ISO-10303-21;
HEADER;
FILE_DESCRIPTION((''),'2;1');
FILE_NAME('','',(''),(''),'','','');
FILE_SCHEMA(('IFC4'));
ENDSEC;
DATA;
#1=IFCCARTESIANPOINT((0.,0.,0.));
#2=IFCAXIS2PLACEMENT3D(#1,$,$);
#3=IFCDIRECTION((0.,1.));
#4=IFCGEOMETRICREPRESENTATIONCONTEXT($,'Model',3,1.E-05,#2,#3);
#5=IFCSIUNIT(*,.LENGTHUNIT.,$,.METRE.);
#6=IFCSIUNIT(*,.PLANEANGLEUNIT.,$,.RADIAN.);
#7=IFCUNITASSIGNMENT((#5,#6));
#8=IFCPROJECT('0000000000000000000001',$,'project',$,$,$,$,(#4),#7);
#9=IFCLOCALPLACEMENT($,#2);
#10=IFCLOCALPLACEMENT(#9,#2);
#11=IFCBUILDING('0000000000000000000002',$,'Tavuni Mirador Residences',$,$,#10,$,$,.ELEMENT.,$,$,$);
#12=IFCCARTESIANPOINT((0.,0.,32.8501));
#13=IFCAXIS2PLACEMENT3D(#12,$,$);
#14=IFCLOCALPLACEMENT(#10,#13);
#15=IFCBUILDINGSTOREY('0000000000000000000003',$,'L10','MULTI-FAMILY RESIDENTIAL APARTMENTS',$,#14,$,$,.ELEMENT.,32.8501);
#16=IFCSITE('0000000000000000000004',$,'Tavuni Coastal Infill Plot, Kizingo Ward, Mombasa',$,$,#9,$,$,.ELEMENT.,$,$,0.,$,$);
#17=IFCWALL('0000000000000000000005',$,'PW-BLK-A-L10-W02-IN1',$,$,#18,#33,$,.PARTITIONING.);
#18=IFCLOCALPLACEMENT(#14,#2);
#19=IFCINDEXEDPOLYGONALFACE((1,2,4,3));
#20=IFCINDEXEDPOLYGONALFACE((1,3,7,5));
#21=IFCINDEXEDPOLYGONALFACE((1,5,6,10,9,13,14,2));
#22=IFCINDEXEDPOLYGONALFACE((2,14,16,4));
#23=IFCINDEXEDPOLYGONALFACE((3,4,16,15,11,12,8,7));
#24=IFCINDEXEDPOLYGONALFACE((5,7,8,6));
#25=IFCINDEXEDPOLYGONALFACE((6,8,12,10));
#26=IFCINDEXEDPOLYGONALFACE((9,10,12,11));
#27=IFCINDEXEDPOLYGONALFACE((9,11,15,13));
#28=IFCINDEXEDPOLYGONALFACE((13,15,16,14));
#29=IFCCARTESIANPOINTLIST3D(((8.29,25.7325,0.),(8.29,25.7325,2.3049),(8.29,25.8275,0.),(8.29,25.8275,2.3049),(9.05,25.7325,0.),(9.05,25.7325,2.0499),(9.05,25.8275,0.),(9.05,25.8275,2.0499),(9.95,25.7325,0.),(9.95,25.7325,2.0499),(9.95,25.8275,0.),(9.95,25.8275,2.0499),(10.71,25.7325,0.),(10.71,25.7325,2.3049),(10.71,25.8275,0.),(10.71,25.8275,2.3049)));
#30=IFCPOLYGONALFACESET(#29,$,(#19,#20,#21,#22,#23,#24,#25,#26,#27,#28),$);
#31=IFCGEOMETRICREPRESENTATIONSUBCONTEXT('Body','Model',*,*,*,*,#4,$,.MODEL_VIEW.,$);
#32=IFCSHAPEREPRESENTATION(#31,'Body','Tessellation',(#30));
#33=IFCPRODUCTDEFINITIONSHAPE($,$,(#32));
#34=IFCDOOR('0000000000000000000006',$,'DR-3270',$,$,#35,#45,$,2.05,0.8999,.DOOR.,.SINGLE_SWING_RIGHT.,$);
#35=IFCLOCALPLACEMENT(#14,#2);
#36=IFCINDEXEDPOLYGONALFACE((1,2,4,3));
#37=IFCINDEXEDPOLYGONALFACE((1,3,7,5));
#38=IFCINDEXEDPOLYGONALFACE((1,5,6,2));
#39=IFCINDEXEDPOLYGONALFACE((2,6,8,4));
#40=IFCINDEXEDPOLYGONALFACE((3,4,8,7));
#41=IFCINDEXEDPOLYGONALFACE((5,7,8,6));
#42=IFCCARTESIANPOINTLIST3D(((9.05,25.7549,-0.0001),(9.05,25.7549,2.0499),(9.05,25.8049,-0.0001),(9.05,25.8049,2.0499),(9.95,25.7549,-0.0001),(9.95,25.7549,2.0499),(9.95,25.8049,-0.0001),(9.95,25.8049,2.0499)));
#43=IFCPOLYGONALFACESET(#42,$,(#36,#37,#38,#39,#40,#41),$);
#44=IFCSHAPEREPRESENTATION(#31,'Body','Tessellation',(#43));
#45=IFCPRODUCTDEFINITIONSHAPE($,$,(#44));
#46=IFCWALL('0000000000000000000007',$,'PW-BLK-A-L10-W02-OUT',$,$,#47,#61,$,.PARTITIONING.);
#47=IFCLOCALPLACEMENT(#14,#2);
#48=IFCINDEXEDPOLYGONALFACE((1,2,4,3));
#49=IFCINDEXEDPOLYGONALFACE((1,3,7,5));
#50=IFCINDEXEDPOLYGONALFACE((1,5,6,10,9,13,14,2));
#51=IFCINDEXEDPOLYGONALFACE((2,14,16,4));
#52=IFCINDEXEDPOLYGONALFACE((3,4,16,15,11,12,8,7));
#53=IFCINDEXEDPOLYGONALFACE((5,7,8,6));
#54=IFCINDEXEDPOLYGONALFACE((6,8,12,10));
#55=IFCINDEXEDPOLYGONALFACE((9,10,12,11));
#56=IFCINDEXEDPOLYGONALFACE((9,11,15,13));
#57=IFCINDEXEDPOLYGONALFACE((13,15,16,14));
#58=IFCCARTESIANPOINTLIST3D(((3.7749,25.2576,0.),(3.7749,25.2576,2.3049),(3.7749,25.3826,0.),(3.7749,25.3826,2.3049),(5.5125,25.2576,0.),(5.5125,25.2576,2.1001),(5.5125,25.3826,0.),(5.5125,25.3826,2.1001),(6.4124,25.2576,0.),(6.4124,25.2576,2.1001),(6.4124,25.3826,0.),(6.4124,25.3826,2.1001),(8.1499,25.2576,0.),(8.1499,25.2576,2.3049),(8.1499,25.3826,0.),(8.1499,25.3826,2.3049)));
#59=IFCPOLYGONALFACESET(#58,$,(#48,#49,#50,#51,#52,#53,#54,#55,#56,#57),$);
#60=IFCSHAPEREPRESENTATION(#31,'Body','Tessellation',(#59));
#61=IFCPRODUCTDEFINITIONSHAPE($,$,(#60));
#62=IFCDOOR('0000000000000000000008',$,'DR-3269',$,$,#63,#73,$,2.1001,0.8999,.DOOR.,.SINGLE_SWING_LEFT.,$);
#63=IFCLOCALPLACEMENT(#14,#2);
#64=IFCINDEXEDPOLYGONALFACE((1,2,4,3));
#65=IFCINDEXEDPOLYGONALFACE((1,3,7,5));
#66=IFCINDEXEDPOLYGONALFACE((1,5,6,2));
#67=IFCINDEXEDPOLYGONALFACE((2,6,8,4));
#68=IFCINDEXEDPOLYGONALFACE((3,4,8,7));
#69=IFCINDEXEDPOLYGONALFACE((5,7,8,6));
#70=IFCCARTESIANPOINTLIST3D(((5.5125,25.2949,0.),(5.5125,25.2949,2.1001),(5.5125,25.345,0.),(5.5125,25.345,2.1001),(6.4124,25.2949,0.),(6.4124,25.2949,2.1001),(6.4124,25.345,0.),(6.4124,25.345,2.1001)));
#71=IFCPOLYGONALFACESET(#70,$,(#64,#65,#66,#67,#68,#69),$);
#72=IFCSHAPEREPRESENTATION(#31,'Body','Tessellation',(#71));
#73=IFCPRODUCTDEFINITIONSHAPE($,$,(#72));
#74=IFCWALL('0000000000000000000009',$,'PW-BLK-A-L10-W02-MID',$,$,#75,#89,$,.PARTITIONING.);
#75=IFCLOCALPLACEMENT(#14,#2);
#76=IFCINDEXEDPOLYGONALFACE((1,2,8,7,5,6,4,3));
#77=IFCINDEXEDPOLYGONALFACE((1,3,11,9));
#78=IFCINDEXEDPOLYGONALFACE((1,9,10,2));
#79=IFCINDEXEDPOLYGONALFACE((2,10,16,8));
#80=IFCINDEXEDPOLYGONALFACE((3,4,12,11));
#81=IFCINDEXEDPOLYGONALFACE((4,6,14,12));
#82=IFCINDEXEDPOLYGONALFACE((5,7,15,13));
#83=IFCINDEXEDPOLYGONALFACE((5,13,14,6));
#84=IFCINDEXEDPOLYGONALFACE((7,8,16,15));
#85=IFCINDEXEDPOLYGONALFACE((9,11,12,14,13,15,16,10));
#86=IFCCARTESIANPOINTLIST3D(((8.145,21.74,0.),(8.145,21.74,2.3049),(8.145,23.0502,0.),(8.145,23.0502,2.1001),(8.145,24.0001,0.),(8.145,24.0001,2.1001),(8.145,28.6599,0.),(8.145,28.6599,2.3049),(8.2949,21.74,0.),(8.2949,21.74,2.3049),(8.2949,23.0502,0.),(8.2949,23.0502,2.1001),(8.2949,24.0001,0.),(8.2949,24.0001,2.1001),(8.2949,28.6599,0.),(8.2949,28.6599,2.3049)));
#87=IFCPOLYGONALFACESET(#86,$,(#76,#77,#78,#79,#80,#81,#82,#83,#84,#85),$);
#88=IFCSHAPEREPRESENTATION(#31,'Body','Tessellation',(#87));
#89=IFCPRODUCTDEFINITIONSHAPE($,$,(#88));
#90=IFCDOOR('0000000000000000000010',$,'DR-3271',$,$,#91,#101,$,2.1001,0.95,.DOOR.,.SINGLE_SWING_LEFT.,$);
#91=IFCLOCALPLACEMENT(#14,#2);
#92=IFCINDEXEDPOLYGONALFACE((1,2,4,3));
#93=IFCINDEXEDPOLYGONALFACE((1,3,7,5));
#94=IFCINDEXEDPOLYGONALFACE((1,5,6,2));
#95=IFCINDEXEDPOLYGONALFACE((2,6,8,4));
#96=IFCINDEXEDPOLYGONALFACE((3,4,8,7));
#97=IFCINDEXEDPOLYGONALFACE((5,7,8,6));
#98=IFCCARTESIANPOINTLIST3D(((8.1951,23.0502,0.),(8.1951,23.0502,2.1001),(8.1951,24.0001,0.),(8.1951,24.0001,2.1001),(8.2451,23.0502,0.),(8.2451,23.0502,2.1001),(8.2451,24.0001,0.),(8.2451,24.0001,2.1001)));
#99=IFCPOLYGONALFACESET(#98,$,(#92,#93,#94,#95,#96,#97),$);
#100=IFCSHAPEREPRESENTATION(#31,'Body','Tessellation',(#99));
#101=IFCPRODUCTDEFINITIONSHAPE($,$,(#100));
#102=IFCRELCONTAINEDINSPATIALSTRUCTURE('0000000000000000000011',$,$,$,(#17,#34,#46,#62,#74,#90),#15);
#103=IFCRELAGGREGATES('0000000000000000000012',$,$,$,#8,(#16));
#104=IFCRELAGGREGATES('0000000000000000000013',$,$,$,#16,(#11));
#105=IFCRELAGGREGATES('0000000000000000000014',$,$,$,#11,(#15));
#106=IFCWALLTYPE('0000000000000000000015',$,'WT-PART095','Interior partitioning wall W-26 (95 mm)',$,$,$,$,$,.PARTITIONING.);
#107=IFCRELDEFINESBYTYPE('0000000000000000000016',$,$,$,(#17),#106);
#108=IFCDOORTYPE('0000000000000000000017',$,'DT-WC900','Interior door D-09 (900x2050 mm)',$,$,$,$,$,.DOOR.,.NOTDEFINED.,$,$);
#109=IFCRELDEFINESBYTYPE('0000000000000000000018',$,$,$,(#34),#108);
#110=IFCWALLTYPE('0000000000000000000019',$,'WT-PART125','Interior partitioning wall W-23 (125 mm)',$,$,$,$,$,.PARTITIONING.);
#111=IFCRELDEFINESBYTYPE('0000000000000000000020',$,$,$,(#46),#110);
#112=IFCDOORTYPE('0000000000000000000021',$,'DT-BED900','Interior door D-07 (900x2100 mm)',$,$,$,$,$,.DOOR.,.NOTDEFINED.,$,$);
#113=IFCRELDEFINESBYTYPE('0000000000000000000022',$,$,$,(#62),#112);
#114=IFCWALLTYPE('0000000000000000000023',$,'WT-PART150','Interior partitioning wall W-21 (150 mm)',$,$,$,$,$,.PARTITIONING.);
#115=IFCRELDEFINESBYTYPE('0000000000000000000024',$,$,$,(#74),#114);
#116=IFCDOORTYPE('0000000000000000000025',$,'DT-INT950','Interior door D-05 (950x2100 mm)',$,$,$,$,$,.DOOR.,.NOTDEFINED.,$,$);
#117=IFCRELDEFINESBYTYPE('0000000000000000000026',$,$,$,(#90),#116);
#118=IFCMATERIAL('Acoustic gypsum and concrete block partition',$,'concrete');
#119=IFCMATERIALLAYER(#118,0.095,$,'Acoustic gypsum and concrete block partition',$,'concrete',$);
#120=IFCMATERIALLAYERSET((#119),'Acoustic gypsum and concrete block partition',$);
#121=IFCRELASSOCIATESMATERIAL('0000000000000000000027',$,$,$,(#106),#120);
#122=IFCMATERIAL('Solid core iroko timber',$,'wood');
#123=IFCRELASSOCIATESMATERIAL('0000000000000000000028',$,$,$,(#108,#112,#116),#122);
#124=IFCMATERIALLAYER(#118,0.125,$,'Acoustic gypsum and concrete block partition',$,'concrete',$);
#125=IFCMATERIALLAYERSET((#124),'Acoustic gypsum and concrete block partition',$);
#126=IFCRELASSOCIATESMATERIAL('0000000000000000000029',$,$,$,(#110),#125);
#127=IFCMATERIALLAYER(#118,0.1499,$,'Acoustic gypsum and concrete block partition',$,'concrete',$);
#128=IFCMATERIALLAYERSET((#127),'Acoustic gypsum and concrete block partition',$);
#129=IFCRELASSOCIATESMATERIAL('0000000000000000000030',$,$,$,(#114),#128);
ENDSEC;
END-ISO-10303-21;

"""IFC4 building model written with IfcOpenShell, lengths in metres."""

from ifc_helpers import new_model, si_unit, direction, frame, frame_2d, origin, place, context, subcontext, project, spatial, rectangle, extrude, material, layer, layer_set, type_object, element, fill, save


model = new_model("IFC4")

# Units and contexts
model_context = context("Model", 3, precision=1e-05, world=origin(), true_north=direction((0.0, 1.0)))
body_context = subcontext(model_context, "Body", "Model", "MODEL_VIEW")
ifc_project = project(units=[si_unit("LENGTHUNIT", "METRE"), si_unit("PLANEANGLEUNIT", "RADIAN")], contexts=[model_context])

# Site, building, storey
site_placement = place(None, origin())
site = spatial("IfcSite", under=ifc_project, at=site_placement, Name="Tavuni Coastal Infill Plot, Kizingo Ward, Mombasa", CompositionType="ELEMENT", RefElevation=0.0)
building_placement = place(site_placement, origin())
building = spatial("IfcBuilding", under=site, at=building_placement, Name="Tavuni Mirador Residences", CompositionType="ELEMENT")
storey_placement = place(building_placement, frame((0.0, 0.0, 32.8501)))
storey = spatial("IfcBuildingStorey", under=building, at=storey_placement, Name="L10", Description="MULTI-FAMILY RESIDENTIAL APARTMENTS", CompositionType="ELEMENT", Elevation=32.8501)

# Shared definitions
ifc_material_1 = material(Name="Solid core iroko timber", Category="wood")

# Walls, openings, doors
ifc_material_2 = material(Name="Acoustic gypsum and concrete block partition", Category="concrete")
ifc_layer_1 = layer(ifc_material_2, 0.095, Name="Acoustic gypsum and concrete block partition", Category="concrete")
ifc_layer_set_1 = layer_set([ifc_layer_1], Name="Acoustic gypsum and concrete block partition")
wall_type_1 = type_object("IfcWallType", Name="WT-PART095", Description="Interior partitioning wall W-26 (95 mm)", PredefinedType="PARTITIONING", material=ifc_layer_set_1)
wall_1_placement = place(storey_placement, frame((8.29, 25.78, 0.0), z_axis=(0.0, 0.0, 1.0), x_axis=(1.0, 0.0, 0.0)))
wall_1 = element("IfcWall", 1, at=wall_1_placement, inside=storey, type_object=wall_type_1, Name="PW-BLK-A-L10-W02-IN1", PredefinedType="PARTITIONING", context=body_context, shape_type="SweptSolid", body=[
    extrude(rectangle(XDim=2.4199, YDim=0.095, at=frame_2d((1.21, 0.0))), origin(), (0.0, 0.0, 1.0), 2.3049),
])
opening_1_placement = place(wall_1_placement, frame((0.76, 0.0, 0.0)))
opening_1 = element("IfcOpeningElement", 2, at=opening_1_placement, cuts=wall_1, PredefinedType="OPENING", context=body_context, shape_type="SweptSolid", body=[
    extrude(rectangle(XDim=0.8999, YDim=2.05, at=frame_2d((0.45, 1.0249))), frame((0.0, 0.0576, 0.0), z_axis=(0.0, -1.0, 0.0), x_axis=(1.0, 0.0, 0.0)), (0.0, 0.0, 1.0), 0.115),
])
door_type_1 = type_object("IfcDoorType", Name="DT-WC900", Description="Interior door D-09 (900x2050 mm)", OperationType="NOTDEFINED", PredefinedType="DOOR", material=ifc_material_1)
door_1_placement = place(opening_1_placement, origin())
door_1 = element("IfcDoor", 3, at=door_1_placement, inside=storey, type_object=door_type_1, Name="DR-3270", OperationType="SINGLE_SWING_RIGHT", OverallHeight=2.05, OverallWidth=0.8999, PredefinedType="DOOR", context=body_context, shape_type="SweptSolid", body=[
    extrude(rectangle(XDim=0.8999, YDim=2.05, at=frame_2d((0.45, 1.0249))), frame((0.0, 0.0249, 0.0), z_axis=(0.0, -1.0, 0.0), x_axis=(1.0, 0.0, 0.0)), (0.0, 0.0, 1.0), 0.05),
])
fill(opening_1, door_1)
ifc_layer_2 = layer(ifc_material_2, 0.125, Name="Acoustic gypsum and concrete block partition", Category="concrete")
ifc_layer_set_2 = layer_set([ifc_layer_2], Name="Acoustic gypsum and concrete block partition")
wall_type_2 = type_object("IfcWallType", Name="WT-PART125", Description="Interior partitioning wall W-23 (125 mm)", PredefinedType="PARTITIONING", material=ifc_layer_set_2)
wall_2_placement = place(storey_placement, frame((3.7749, 25.3201, 0.0), z_axis=(0.0, 0.0, 1.0), x_axis=(1.0, 0.0, 0.0)))
wall_2 = element("IfcWall", 4, at=wall_2_placement, inside=storey, type_object=wall_type_2, Name="PW-BLK-A-L10-W02-OUT", PredefinedType="PARTITIONING", context=body_context, shape_type="SweptSolid", body=[
    extrude(rectangle(XDim=4.375, YDim=0.125, at=frame_2d((2.1875, 0.0))), origin(), (0.0, 0.0, 1.0), 2.3049),
])
opening_2_placement = place(wall_2_placement, frame((1.7375, 0.0, 0.0)))
opening_2 = element("IfcOpeningElement", 5, at=opening_2_placement, cuts=wall_2, PredefinedType="OPENING", context=body_context, shape_type="SweptSolid", body=[
    extrude(rectangle(XDim=0.8999, YDim=2.1001, at=frame_2d((0.45, 1.05))), frame((0.0, 0.0725, 0.0), z_axis=(0.0, -1.0, 0.0), x_axis=(1.0, 0.0, 0.0)), (0.0, 0.0, 1.0), 0.145),
])
door_type_2 = type_object("IfcDoorType", Name="DT-BED900", Description="Interior door D-07 (900x2100 mm)", OperationType="NOTDEFINED", PredefinedType="DOOR", material=ifc_material_1)
door_2_placement = place(opening_2_placement, origin())
door_2 = element("IfcDoor", 6, at=door_2_placement, inside=storey, type_object=door_type_2, Name="DR-3269", OperationType="SINGLE_SWING_LEFT", OverallHeight=2.1001, OverallWidth=0.8999, PredefinedType="DOOR", context=body_context, shape_type="SweptSolid", body=[
    extrude(rectangle(XDim=0.8999, YDim=2.1001, at=frame_2d((0.45, 1.05))), frame((0.0, 0.0249, 0.0), z_axis=(0.0, -1.0, 0.0), x_axis=(1.0, 0.0, 0.0)), (0.0, 0.0, 1.0), 0.05),
])
fill(opening_2, door_2)
ifc_layer_3 = layer(ifc_material_2, 0.1499, Name="Acoustic gypsum and concrete block partition", Category="concrete")
ifc_layer_set_3 = layer_set([ifc_layer_3], Name="Acoustic gypsum and concrete block partition")
wall_type_3 = type_object("IfcWallType", Name="WT-PART150", Description="Interior partitioning wall W-21 (150 mm)", PredefinedType="PARTITIONING", material=ifc_layer_set_3)
wall_3_placement = place(storey_placement, frame((8.22, 21.74, 0.0), z_axis=(0.0, 0.0, 1.0), x_axis=(0.0, 1.0, 0.0)))
wall_3 = element("IfcWall", 7, at=wall_3_placement, inside=storey, type_object=wall_type_3, Name="PW-BLK-A-L10-W02-MID", PredefinedType="PARTITIONING", context=body_context, shape_type="SweptSolid", body=[
    extrude(rectangle(XDim=6.9199, YDim=0.1499, at=frame_2d((3.46, 0.0))), origin(), (0.0, 0.0, 1.0), 2.3049),
])
opening_3_placement = place(wall_3_placement, frame((1.3101, 0.0, 0.0)))
opening_3 = element("IfcOpeningElement", 8, at=opening_3_placement, cuts=wall_3, PredefinedType="OPENING", context=body_context, shape_type="SweptSolid", body=[
    extrude(rectangle(XDim=0.95, YDim=2.1001, at=frame_2d((0.4751, 1.05))), frame((0.0, 0.085, 0.0), z_axis=(0.0, -1.0, 0.0), x_axis=(1.0, 0.0, 0.0)), (0.0, 0.0, 1.0), 0.1699),
])
door_type_3 = type_object("IfcDoorType", Name="DT-INT950", Description="Interior door D-05 (950x2100 mm)", OperationType="NOTDEFINED", PredefinedType="DOOR", material=ifc_material_1)
door_3_placement = place(opening_3_placement, origin())
door_3 = element("IfcDoor", 9, at=door_3_placement, inside=storey, type_object=door_type_3, Name="DR-3271", OperationType="SINGLE_SWING_LEFT", OverallHeight=2.1001, OverallWidth=0.95, PredefinedType="DOOR", context=body_context, shape_type="SweptSolid", body=[
    extrude(rectangle(XDim=0.95, YDim=2.1001, at=frame_2d((0.4751, 1.05))), frame((0.0, 0.0249, 0.0), z_axis=(0.0, -1.0, 0.0), x_axis=(1.0, 0.0, 0.0)), (0.0, 0.0, 1.0), 0.05),
])
fill(opening_3, door_3)

save(model, "model.ifc")
